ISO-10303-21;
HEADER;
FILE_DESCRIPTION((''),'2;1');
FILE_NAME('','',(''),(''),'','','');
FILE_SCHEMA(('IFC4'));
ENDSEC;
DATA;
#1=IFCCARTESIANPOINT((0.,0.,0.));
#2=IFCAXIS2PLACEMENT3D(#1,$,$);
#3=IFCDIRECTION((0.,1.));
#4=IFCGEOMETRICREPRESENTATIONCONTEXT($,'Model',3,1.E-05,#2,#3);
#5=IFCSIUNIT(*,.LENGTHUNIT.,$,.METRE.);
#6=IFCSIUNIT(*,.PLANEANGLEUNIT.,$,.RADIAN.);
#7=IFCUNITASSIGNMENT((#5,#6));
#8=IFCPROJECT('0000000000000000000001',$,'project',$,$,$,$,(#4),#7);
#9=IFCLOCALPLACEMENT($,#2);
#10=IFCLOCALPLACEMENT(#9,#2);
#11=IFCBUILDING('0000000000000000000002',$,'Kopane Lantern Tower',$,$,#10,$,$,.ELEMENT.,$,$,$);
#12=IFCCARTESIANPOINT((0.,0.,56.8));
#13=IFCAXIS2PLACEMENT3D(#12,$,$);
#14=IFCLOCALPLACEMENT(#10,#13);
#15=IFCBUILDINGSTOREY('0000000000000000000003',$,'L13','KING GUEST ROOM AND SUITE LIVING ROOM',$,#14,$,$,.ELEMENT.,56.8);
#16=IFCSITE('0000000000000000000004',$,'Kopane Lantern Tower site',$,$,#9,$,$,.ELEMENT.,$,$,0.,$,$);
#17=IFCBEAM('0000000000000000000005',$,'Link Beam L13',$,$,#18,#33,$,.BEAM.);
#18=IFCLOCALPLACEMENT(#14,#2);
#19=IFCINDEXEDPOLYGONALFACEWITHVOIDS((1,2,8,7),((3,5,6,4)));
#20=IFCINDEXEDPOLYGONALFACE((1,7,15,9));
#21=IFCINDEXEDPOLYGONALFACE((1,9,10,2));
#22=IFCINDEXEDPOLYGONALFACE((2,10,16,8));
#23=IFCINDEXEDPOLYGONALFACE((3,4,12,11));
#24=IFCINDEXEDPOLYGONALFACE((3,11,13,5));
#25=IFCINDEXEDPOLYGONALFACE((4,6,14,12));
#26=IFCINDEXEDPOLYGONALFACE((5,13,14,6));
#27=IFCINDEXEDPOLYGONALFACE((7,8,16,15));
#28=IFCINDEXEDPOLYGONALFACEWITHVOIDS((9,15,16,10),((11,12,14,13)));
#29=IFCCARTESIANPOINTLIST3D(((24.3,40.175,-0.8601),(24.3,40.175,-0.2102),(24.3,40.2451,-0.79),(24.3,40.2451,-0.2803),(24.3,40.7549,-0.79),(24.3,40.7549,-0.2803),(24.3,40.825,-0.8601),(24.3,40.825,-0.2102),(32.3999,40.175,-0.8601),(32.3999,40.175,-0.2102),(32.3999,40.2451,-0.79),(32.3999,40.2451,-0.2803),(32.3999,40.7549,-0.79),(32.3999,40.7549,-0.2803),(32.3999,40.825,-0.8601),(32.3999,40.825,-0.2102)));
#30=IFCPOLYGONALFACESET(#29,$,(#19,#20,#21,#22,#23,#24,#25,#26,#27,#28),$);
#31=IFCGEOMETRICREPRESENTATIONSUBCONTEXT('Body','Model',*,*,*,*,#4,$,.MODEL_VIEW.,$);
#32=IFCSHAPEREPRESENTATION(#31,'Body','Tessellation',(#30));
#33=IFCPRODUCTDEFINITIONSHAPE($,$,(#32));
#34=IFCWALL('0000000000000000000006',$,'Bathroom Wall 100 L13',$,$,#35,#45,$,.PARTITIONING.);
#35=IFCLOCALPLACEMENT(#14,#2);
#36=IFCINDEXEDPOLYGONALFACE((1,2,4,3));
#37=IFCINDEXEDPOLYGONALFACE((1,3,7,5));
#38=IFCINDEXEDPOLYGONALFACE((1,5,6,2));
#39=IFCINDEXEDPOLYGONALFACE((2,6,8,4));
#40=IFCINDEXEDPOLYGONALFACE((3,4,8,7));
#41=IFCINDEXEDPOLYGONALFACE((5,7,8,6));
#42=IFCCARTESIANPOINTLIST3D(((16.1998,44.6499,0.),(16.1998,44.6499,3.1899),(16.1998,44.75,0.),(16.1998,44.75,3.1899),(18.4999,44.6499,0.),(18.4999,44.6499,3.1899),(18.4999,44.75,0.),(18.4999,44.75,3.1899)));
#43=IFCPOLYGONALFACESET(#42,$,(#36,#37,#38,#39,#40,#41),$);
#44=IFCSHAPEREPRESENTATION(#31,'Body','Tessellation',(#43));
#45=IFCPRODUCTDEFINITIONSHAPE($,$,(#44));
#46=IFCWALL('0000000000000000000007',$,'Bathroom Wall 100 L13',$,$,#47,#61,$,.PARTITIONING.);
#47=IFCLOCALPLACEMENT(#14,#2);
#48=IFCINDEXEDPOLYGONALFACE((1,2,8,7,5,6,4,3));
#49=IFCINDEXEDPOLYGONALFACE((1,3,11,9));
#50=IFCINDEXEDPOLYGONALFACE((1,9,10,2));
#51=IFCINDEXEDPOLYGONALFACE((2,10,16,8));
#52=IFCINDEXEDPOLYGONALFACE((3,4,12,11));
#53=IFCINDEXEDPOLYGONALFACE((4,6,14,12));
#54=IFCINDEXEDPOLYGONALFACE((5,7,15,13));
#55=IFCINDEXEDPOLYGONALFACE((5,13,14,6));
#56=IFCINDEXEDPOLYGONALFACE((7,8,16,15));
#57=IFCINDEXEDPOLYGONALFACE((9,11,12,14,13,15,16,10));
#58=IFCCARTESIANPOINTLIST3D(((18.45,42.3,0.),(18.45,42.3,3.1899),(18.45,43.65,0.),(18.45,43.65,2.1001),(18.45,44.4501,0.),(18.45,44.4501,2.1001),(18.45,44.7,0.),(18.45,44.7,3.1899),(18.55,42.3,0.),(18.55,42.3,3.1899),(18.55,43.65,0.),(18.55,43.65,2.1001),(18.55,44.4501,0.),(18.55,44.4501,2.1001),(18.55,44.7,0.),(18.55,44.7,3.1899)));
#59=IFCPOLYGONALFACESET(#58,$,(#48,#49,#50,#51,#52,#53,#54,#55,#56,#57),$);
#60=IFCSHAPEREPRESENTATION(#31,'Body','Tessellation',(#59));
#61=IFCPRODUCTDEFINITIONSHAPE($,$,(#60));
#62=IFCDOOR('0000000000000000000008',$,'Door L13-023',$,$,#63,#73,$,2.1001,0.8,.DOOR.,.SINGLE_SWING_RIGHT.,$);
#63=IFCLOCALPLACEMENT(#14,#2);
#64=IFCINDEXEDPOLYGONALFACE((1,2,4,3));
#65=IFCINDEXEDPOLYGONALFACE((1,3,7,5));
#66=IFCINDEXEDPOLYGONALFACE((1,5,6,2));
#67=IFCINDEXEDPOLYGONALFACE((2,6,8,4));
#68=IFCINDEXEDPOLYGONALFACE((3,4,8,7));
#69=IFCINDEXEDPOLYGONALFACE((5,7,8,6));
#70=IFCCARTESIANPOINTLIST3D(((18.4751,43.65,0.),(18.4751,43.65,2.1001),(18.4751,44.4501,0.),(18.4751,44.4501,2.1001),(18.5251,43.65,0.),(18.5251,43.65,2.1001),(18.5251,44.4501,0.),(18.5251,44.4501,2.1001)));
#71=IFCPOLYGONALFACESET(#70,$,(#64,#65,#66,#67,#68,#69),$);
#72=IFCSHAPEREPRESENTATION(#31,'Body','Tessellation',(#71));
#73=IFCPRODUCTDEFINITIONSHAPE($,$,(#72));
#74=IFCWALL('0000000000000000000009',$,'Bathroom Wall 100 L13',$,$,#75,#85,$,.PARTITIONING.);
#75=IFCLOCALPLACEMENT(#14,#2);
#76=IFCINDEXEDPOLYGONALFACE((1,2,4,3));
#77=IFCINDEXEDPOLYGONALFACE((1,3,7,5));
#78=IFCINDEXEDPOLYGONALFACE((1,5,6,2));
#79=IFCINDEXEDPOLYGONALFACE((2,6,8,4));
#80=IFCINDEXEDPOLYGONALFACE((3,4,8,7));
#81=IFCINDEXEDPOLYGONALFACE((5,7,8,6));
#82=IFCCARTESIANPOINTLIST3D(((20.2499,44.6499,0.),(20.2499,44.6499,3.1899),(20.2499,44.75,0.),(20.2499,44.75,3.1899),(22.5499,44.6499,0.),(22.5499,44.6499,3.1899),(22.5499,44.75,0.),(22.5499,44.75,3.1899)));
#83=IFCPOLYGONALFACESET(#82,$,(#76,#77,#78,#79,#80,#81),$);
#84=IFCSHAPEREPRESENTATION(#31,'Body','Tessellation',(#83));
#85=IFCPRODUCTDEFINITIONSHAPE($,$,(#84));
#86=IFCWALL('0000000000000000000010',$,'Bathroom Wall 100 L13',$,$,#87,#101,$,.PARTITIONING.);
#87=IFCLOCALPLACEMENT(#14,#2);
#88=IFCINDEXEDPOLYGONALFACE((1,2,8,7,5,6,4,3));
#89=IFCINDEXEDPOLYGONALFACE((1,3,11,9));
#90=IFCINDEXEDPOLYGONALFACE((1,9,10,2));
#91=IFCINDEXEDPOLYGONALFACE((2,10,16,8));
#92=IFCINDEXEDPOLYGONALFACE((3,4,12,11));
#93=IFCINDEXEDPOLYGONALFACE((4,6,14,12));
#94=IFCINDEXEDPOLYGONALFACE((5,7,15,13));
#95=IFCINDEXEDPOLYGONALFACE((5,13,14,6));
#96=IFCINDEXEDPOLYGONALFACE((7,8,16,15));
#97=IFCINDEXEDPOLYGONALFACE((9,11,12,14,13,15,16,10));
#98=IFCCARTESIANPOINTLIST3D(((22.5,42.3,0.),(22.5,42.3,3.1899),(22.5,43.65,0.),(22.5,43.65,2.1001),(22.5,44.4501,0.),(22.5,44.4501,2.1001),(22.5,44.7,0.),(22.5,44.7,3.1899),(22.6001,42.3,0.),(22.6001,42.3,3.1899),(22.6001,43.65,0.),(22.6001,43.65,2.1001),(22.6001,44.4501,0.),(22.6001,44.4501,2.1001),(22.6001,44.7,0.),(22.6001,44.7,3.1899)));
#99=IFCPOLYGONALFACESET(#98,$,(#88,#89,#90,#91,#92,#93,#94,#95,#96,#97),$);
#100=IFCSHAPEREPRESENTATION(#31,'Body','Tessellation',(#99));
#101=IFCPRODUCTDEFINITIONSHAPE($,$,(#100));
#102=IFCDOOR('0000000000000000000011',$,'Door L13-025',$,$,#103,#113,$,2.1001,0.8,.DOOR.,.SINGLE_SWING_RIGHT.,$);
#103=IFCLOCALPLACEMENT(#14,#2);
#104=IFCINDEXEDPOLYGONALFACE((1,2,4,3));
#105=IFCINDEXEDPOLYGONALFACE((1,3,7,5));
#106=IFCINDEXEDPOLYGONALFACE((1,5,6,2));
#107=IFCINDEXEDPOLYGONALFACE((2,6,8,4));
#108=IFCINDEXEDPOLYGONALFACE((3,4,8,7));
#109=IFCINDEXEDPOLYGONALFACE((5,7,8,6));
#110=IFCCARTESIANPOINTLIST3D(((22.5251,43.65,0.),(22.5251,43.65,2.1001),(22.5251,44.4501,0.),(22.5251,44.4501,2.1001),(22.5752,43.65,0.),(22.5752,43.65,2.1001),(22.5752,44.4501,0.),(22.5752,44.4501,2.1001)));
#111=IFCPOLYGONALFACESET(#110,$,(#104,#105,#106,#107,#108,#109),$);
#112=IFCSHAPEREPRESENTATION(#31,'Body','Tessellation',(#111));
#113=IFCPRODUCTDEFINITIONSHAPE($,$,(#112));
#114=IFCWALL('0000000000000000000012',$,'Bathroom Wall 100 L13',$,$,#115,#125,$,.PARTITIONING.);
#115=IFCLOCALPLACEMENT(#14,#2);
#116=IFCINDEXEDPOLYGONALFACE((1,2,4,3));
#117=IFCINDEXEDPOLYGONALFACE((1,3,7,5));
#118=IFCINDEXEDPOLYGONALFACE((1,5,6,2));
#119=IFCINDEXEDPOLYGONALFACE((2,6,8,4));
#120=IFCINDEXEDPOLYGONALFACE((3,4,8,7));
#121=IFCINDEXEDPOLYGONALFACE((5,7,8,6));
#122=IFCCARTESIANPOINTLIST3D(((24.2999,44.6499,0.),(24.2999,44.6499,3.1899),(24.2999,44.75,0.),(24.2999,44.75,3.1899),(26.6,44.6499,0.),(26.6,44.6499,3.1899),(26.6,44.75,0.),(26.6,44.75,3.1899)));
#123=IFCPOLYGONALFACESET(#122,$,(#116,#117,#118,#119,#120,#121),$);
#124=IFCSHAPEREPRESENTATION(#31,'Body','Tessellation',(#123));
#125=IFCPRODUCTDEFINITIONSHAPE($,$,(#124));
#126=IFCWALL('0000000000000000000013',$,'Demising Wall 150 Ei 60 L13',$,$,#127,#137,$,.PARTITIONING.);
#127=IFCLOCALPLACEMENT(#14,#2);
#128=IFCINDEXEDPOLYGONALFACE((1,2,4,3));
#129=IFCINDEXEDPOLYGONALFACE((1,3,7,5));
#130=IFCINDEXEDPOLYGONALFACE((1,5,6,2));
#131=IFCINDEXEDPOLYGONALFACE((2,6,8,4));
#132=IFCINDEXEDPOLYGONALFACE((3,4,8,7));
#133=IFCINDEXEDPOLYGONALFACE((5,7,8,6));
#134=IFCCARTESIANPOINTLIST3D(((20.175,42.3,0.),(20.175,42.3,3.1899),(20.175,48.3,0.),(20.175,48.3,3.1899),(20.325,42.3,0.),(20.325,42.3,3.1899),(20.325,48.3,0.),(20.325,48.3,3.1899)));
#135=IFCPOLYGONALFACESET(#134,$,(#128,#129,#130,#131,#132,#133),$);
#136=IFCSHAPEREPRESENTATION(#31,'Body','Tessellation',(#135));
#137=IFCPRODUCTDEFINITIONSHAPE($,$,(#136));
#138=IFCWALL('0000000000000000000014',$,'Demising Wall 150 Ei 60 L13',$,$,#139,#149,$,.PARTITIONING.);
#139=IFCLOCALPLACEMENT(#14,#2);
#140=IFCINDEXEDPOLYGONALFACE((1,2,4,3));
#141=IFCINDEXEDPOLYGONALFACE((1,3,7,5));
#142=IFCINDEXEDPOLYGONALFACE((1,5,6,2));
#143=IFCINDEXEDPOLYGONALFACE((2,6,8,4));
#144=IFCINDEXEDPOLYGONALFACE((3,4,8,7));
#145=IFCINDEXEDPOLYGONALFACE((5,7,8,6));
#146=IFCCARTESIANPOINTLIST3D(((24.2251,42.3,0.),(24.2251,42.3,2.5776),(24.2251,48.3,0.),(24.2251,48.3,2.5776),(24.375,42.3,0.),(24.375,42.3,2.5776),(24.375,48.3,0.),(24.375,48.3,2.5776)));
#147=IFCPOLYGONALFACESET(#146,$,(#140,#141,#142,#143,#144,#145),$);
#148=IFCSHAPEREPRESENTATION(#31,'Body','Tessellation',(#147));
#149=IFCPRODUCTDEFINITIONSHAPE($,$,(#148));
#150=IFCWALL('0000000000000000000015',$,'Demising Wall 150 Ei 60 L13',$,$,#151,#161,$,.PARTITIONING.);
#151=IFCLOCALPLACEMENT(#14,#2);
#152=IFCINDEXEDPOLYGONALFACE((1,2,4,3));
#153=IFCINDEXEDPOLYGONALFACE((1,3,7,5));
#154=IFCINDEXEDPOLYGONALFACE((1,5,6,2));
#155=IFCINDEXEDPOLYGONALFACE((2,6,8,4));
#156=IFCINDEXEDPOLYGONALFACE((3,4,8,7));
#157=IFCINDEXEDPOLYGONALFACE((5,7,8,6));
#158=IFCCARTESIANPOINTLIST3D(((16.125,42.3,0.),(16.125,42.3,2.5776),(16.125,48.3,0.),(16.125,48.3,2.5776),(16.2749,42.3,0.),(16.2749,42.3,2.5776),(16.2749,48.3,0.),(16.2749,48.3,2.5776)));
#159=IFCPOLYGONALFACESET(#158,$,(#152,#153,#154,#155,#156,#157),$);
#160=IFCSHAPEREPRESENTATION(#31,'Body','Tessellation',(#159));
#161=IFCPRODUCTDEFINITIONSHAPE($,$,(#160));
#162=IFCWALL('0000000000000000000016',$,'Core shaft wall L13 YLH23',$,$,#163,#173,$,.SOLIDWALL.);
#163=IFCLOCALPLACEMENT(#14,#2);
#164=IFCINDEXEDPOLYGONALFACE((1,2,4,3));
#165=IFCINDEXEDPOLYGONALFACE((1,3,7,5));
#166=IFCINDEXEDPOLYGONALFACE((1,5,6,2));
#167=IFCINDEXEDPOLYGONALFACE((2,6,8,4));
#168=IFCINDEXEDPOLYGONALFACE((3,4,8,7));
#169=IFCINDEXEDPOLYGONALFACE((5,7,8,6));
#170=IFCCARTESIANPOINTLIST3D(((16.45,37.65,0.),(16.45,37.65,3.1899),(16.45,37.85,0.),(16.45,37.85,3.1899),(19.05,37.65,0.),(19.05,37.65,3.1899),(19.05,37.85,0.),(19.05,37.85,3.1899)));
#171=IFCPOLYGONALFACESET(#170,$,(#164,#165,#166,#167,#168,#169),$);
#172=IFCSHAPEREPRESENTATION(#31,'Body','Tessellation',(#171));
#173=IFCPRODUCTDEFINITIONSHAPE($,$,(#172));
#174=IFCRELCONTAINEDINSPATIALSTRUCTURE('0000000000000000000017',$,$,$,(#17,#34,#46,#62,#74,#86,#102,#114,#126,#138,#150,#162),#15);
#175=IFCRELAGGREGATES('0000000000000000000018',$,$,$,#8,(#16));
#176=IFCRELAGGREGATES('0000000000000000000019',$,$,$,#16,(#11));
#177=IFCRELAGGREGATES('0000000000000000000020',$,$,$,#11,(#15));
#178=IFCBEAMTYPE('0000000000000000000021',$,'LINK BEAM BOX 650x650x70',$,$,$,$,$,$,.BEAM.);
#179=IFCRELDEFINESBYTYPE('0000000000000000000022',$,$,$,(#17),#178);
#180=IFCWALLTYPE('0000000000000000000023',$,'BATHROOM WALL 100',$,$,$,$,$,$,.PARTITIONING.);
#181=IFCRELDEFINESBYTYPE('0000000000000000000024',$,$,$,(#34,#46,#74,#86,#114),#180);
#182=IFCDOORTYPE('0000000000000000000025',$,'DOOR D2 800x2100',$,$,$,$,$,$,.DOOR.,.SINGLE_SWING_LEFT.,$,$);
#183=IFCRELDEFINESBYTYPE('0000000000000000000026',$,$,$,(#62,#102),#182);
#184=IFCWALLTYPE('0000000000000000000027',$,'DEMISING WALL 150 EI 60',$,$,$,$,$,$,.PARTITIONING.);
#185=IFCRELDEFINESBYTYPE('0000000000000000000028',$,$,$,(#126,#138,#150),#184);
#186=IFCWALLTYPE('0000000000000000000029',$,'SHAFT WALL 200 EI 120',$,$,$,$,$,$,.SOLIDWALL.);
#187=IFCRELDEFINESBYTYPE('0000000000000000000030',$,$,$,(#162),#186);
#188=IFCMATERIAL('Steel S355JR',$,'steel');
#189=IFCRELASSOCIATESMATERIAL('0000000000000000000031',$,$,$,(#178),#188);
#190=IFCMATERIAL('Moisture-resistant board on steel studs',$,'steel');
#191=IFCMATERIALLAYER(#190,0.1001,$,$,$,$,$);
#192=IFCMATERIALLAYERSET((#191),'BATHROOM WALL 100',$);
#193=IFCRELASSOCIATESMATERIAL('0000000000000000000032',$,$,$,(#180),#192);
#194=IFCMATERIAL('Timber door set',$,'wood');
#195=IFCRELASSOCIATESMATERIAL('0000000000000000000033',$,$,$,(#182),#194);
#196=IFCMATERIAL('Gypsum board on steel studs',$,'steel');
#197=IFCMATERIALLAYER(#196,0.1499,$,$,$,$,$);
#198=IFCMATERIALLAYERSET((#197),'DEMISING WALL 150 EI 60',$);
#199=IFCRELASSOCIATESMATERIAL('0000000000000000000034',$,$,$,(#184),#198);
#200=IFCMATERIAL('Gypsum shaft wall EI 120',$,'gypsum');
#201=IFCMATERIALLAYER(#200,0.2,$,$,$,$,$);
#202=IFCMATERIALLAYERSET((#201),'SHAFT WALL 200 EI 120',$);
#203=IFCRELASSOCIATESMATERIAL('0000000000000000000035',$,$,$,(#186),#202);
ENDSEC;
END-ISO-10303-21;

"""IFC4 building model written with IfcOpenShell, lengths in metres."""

from ifc_helpers import new_model, si_unit, direction, frame, frame_2d, origin, origin_2d, place, context, subcontext, project, spatial, rectangle, hollow_rectangle, extrude, material, layer, layer_set, material_profile, profile_set, type_object, element, fill, save


model = new_model("IFC4")

# Units and contexts
model_context = context("Model", 3, precision=1e-05, world=origin(), true_north=direction((0.0, 1.0)))
body_context = subcontext(model_context, "Body", "Model", "MODEL_VIEW")
ifc_project = project(units=[si_unit("LENGTHUNIT", "METRE"), si_unit("PLANEANGLEUNIT", "RADIAN")], contexts=[model_context])

# Site, building, storey
site_placement = place(None, origin())
site = spatial("IfcSite", under=ifc_project, at=site_placement, Name="Kopane Lantern Tower site", CompositionType="ELEMENT", RefElevation=0.0)
building_placement = place(site_placement, origin())
building = spatial("IfcBuilding", under=site, at=building_placement, Name="Kopane Lantern Tower", CompositionType="ELEMENT")
storey_placement = place(building_placement, frame((0.0, 0.0, 56.8)))
storey = spatial("IfcBuildingStorey", under=building, at=storey_placement, Name="L13", Description="KING GUEST ROOM AND SUITE LIVING ROOM", CompositionType="ELEMENT", Elevation=56.8)

# Beam
ifc_material_1 = material(Name="Steel S355JR", Category="steel")
ifc_material_profile_1 = material_profile(ifc_material_1, hollow_rectangle(XDim=0.6499, YDim=0.6499, WallThickness=0.0701, at=origin_2d()), Name="BOX 650x650x70")
ifc_profile_set_1 = profile_set([ifc_material_profile_1], Name="Steel S355JR")
beam_type_1 = type_object("IfcBeamType", Name="LINK BEAM BOX 650x650x70", PredefinedType="BEAM", material=ifc_profile_set_1)
beam_1_placement = place(storey_placement, frame((24.3, 40.5, -0.5352), z_axis=(1.0, 0.0, 0.0), x_axis=(0.0, 1.0, 0.0)))
element("IfcBeam", 1, at=beam_1_placement, inside=storey, type_object=beam_type_1, Name="Link Beam L13", PredefinedType="BEAM", context=body_context, shape_type="SweptSolid", body=[
    extrude(hollow_rectangle(XDim=0.6499, YDim=0.6499, WallThickness=0.0701, at=origin_2d()), origin(), (0.0, 0.0, 1.0), 8.0999),
])

# Wall
ifc_material_2 = material(Name="Moisture-resistant board on steel studs", Category="steel")
ifc_layer_1 = layer(ifc_material_2, 0.1001)
ifc_layer_set_1 = layer_set([ifc_layer_1], Name="BATHROOM WALL 100")
wall_type_1 = type_object("IfcWallType", Name="BATHROOM WALL 100", PredefinedType="PARTITIONING", material=ifc_layer_set_1)
wall_1_placement = place(storey_placement, frame((16.2, 44.7, 0.0), z_axis=(0.0, 0.0, 1.0), x_axis=(1.0, 0.0, 0.0)))
element("IfcWall", 2, at=wall_1_placement, inside=storey, type_object=wall_type_1, Name="Bathroom Wall 100 L13", PredefinedType="PARTITIONING", context=body_context, shape_type="SweptSolid", body=[
    extrude(rectangle(XDim=2.3, YDim=0.1001, at=frame_2d((1.1499, 0.0))), origin(), (0.0, 0.0, 1.0), 3.1899),
])

# Wall, opening, door
wall_2_placement = place(storey_placement, frame((18.5, 42.3, 0.0), z_axis=(0.0, 0.0, 1.0), x_axis=(0.0, 1.0, 0.0)))
wall_2 = element("IfcWall", 3, at=wall_2_placement, inside=storey, type_object=wall_type_1, Name="Bathroom Wall 100 L13", PredefinedType="PARTITIONING", context=body_context, shape_type="SweptSolid", body=[
    extrude(rectangle(XDim=2.3999, YDim=0.1001, at=frame_2d((1.2, 0.0))), origin(), (0.0, 0.0, 1.0), 3.1899),
])
opening_1_placement = place(wall_2_placement, frame((1.3501, 0.0, 0.0)))
opening_1 = element("IfcOpeningElement", 4, at=opening_1_placement, cuts=wall_2, PredefinedType="OPENING", context=body_context, shape_type="SweptSolid", body=[
    extrude(rectangle(XDim=0.8, YDim=2.1001, at=frame_2d((0.3999, 1.05))), frame((0.0, 0.0601, 0.0), z_axis=(0.0, -1.0, 0.0), x_axis=(1.0, 0.0, 0.0)), (0.0, 0.0, 1.0), 0.1201),
])
ifc_material_3 = material(Name="Timber door set", Category="wood")
door_type = type_object("IfcDoorType", Name="DOOR D2 800x2100", OperationType="SINGLE_SWING_LEFT", PredefinedType="DOOR", material=ifc_material_3)
door_1_placement = place(opening_1_placement, origin())
door_1 = element("IfcDoor", 5, at=door_1_placement, inside=storey, type_object=door_type, Name="Door L13-023", OperationType="SINGLE_SWING_RIGHT", OverallHeight=2.1001, OverallWidth=0.8, PredefinedType="DOOR", context=body_context, shape_type="SweptSolid", body=[
    extrude(rectangle(XDim=0.8, YDim=2.1001, at=frame_2d((0.3999, 1.05))), frame((0.0, 0.0249, 0.0), z_axis=(0.0, -1.0, 0.0), x_axis=(1.0, 0.0, 0.0)), (0.0, 0.0, 1.0), 0.05),
])
fill(opening_1, door_1)

# Wall
wall_3_placement = place(storey_placement, frame((20.25, 44.7, 0.0), z_axis=(0.0, 0.0, 1.0), x_axis=(1.0, 0.0, 0.0)))
element("IfcWall", 6, at=wall_3_placement, inside=storey, type_object=wall_type_1, Name="Bathroom Wall 100 L13", PredefinedType="PARTITIONING", context=body_context, shape_type="SweptSolid", body=[
    extrude(rectangle(XDim=2.3, YDim=0.1001, at=frame_2d((1.1499, 0.0))), origin(), (0.0, 0.0, 1.0), 3.1899),
])

# Wall, opening, door
wall_4_placement = place(storey_placement, frame((22.55, 42.3, 0.0), z_axis=(0.0, 0.0, 1.0), x_axis=(0.0, 1.0, 0.0)))
wall_4 = element("IfcWall", 7, at=wall_4_placement, inside=storey, type_object=wall_type_1, Name="Bathroom Wall 100 L13", PredefinedType="PARTITIONING", context=body_context, shape_type="SweptSolid", body=[
    extrude(rectangle(XDim=2.3999, YDim=0.1001, at=frame_2d((1.2, 0.0))), origin(), (0.0, 0.0, 1.0), 3.1899),
])
opening_2_placement = place(wall_4_placement, frame((1.3501, 0.0, 0.0)))
opening_2 = element("IfcOpeningElement", 8, at=opening_2_placement, cuts=wall_4, PredefinedType="OPENING", context=body_context, shape_type="SweptSolid", body=[
    extrude(rectangle(XDim=0.8, YDim=2.1001, at=frame_2d((0.3999, 1.05))), frame((0.0, 0.0601, 0.0), z_axis=(0.0, -1.0, 0.0), x_axis=(1.0, 0.0, 0.0)), (0.0, 0.0, 1.0), 0.1201),
])
door_2_placement = place(opening_2_placement, origin())
door_2 = element("IfcDoor", 9, at=door_2_placement, inside=storey, type_object=door_type, Name="Door L13-025", OperationType="SINGLE_SWING_RIGHT", OverallHeight=2.1001, OverallWidth=0.8, PredefinedType="DOOR", context=body_context, shape_type="SweptSolid", body=[
    extrude(rectangle(XDim=0.8, YDim=2.1001, at=frame_2d((0.3999, 1.05))), frame((0.0, 0.0249, 0.0), z_axis=(0.0, -1.0, 0.0), x_axis=(1.0, 0.0, 0.0)), (0.0, 0.0, 1.0), 0.05),
])
fill(opening_2, door_2)

# Walls
wall_5_placement = place(storey_placement, frame((24.3, 44.7, 0.0), z_axis=(0.0, 0.0, 1.0), x_axis=(1.0, 0.0, 0.0)))
element("IfcWall", 10, at=wall_5_placement, inside=storey, type_object=wall_type_1, Name="Bathroom Wall 100 L13", PredefinedType="PARTITIONING", context=body_context, shape_type="SweptSolid", body=[
    extrude(rectangle(XDim=2.3, YDim=0.1001, at=frame_2d((1.1499, 0.0))), origin(), (0.0, 0.0, 1.0), 3.1899),
])
ifc_material_4 = material(Name="Gypsum board on steel studs", Category="steel")
ifc_layer_2 = layer(ifc_material_4, 0.1499)
ifc_layer_set_2 = layer_set([ifc_layer_2], Name="DEMISING WALL 150 EI 60")
wall_type_2 = type_object("IfcWallType", Name="DEMISING WALL 150 EI 60", PredefinedType="PARTITIONING", material=ifc_layer_set_2)
wall_6_placement = place(storey_placement, frame((20.25, 42.3, 0.0), z_axis=(0.0, 0.0, 1.0), x_axis=(0.0, 1.0, 0.0)))
element("IfcWall", 11, at=wall_6_placement, inside=storey, type_object=wall_type_2, Name="Demising Wall 150 Ei 60 L13", PredefinedType="PARTITIONING", context=body_context, shape_type="SweptSolid", body=[
    extrude(rectangle(XDim=6.0, YDim=0.1499, at=frame_2d((3.0, 0.0))), origin(), (0.0, 0.0, 1.0), 3.1899),
])
for number, where, z_axis, x_axis, name in (
    (12, (24.3, 42.3, 0.0), (0.0, 0.0, 1.0), (0.0, 1.0, 0.0), "Demising Wall 150 Ei 60 L13"),
    (13, (16.2, 42.3, 0.0), (0.0, 0.0, 1.0), (0.0, 1.0, 0.0), "Demising Wall 150 Ei 60 L13"),
):
    element("IfcWall", number, at=place(storey_placement, frame(where, z_axis=z_axis, x_axis=x_axis)), inside=storey, type_object=wall_type_2, Name=name, PredefinedType="PARTITIONING", context=body_context, shape_type="SweptSolid", body=[
        extrude(rectangle(XDim=6.0, YDim=0.1499, at=frame_2d((3.0, 0.0))), origin(), (0.0, 0.0, 1.0), 2.5776),
    ])
ifc_material_5 = material(Name="Gypsum shaft wall EI 120", Category="gypsum")
ifc_layer_3 = layer(ifc_material_5, 0.2)
ifc_layer_set_3 = layer_set([ifc_layer_3], Name="SHAFT WALL 200 EI 120")
wall_type_3 = type_object("IfcWallType", Name="SHAFT WALL 200 EI 120", PredefinedType="SOLIDWALL", material=ifc_layer_set_3)
wall_7_placement = place(storey_placement, frame((16.45, 37.75, 0.0), z_axis=(0.0, 0.0, 1.0), x_axis=(1.0, 0.0, 0.0)))
element("IfcWall", 14, at=wall_7_placement, inside=storey, type_object=wall_type_3, Name="Core shaft wall L13 YLH23", PredefinedType="SOLIDWALL", context=body_context, shape_type="SweptSolid", body=[
    extrude(rectangle(XDim=2.6001, YDim=0.2, at=frame_2d((1.3, 0.0))), origin(), (0.0, 0.0, 1.0), 3.1899),
])

save(model, "model.ifc")
